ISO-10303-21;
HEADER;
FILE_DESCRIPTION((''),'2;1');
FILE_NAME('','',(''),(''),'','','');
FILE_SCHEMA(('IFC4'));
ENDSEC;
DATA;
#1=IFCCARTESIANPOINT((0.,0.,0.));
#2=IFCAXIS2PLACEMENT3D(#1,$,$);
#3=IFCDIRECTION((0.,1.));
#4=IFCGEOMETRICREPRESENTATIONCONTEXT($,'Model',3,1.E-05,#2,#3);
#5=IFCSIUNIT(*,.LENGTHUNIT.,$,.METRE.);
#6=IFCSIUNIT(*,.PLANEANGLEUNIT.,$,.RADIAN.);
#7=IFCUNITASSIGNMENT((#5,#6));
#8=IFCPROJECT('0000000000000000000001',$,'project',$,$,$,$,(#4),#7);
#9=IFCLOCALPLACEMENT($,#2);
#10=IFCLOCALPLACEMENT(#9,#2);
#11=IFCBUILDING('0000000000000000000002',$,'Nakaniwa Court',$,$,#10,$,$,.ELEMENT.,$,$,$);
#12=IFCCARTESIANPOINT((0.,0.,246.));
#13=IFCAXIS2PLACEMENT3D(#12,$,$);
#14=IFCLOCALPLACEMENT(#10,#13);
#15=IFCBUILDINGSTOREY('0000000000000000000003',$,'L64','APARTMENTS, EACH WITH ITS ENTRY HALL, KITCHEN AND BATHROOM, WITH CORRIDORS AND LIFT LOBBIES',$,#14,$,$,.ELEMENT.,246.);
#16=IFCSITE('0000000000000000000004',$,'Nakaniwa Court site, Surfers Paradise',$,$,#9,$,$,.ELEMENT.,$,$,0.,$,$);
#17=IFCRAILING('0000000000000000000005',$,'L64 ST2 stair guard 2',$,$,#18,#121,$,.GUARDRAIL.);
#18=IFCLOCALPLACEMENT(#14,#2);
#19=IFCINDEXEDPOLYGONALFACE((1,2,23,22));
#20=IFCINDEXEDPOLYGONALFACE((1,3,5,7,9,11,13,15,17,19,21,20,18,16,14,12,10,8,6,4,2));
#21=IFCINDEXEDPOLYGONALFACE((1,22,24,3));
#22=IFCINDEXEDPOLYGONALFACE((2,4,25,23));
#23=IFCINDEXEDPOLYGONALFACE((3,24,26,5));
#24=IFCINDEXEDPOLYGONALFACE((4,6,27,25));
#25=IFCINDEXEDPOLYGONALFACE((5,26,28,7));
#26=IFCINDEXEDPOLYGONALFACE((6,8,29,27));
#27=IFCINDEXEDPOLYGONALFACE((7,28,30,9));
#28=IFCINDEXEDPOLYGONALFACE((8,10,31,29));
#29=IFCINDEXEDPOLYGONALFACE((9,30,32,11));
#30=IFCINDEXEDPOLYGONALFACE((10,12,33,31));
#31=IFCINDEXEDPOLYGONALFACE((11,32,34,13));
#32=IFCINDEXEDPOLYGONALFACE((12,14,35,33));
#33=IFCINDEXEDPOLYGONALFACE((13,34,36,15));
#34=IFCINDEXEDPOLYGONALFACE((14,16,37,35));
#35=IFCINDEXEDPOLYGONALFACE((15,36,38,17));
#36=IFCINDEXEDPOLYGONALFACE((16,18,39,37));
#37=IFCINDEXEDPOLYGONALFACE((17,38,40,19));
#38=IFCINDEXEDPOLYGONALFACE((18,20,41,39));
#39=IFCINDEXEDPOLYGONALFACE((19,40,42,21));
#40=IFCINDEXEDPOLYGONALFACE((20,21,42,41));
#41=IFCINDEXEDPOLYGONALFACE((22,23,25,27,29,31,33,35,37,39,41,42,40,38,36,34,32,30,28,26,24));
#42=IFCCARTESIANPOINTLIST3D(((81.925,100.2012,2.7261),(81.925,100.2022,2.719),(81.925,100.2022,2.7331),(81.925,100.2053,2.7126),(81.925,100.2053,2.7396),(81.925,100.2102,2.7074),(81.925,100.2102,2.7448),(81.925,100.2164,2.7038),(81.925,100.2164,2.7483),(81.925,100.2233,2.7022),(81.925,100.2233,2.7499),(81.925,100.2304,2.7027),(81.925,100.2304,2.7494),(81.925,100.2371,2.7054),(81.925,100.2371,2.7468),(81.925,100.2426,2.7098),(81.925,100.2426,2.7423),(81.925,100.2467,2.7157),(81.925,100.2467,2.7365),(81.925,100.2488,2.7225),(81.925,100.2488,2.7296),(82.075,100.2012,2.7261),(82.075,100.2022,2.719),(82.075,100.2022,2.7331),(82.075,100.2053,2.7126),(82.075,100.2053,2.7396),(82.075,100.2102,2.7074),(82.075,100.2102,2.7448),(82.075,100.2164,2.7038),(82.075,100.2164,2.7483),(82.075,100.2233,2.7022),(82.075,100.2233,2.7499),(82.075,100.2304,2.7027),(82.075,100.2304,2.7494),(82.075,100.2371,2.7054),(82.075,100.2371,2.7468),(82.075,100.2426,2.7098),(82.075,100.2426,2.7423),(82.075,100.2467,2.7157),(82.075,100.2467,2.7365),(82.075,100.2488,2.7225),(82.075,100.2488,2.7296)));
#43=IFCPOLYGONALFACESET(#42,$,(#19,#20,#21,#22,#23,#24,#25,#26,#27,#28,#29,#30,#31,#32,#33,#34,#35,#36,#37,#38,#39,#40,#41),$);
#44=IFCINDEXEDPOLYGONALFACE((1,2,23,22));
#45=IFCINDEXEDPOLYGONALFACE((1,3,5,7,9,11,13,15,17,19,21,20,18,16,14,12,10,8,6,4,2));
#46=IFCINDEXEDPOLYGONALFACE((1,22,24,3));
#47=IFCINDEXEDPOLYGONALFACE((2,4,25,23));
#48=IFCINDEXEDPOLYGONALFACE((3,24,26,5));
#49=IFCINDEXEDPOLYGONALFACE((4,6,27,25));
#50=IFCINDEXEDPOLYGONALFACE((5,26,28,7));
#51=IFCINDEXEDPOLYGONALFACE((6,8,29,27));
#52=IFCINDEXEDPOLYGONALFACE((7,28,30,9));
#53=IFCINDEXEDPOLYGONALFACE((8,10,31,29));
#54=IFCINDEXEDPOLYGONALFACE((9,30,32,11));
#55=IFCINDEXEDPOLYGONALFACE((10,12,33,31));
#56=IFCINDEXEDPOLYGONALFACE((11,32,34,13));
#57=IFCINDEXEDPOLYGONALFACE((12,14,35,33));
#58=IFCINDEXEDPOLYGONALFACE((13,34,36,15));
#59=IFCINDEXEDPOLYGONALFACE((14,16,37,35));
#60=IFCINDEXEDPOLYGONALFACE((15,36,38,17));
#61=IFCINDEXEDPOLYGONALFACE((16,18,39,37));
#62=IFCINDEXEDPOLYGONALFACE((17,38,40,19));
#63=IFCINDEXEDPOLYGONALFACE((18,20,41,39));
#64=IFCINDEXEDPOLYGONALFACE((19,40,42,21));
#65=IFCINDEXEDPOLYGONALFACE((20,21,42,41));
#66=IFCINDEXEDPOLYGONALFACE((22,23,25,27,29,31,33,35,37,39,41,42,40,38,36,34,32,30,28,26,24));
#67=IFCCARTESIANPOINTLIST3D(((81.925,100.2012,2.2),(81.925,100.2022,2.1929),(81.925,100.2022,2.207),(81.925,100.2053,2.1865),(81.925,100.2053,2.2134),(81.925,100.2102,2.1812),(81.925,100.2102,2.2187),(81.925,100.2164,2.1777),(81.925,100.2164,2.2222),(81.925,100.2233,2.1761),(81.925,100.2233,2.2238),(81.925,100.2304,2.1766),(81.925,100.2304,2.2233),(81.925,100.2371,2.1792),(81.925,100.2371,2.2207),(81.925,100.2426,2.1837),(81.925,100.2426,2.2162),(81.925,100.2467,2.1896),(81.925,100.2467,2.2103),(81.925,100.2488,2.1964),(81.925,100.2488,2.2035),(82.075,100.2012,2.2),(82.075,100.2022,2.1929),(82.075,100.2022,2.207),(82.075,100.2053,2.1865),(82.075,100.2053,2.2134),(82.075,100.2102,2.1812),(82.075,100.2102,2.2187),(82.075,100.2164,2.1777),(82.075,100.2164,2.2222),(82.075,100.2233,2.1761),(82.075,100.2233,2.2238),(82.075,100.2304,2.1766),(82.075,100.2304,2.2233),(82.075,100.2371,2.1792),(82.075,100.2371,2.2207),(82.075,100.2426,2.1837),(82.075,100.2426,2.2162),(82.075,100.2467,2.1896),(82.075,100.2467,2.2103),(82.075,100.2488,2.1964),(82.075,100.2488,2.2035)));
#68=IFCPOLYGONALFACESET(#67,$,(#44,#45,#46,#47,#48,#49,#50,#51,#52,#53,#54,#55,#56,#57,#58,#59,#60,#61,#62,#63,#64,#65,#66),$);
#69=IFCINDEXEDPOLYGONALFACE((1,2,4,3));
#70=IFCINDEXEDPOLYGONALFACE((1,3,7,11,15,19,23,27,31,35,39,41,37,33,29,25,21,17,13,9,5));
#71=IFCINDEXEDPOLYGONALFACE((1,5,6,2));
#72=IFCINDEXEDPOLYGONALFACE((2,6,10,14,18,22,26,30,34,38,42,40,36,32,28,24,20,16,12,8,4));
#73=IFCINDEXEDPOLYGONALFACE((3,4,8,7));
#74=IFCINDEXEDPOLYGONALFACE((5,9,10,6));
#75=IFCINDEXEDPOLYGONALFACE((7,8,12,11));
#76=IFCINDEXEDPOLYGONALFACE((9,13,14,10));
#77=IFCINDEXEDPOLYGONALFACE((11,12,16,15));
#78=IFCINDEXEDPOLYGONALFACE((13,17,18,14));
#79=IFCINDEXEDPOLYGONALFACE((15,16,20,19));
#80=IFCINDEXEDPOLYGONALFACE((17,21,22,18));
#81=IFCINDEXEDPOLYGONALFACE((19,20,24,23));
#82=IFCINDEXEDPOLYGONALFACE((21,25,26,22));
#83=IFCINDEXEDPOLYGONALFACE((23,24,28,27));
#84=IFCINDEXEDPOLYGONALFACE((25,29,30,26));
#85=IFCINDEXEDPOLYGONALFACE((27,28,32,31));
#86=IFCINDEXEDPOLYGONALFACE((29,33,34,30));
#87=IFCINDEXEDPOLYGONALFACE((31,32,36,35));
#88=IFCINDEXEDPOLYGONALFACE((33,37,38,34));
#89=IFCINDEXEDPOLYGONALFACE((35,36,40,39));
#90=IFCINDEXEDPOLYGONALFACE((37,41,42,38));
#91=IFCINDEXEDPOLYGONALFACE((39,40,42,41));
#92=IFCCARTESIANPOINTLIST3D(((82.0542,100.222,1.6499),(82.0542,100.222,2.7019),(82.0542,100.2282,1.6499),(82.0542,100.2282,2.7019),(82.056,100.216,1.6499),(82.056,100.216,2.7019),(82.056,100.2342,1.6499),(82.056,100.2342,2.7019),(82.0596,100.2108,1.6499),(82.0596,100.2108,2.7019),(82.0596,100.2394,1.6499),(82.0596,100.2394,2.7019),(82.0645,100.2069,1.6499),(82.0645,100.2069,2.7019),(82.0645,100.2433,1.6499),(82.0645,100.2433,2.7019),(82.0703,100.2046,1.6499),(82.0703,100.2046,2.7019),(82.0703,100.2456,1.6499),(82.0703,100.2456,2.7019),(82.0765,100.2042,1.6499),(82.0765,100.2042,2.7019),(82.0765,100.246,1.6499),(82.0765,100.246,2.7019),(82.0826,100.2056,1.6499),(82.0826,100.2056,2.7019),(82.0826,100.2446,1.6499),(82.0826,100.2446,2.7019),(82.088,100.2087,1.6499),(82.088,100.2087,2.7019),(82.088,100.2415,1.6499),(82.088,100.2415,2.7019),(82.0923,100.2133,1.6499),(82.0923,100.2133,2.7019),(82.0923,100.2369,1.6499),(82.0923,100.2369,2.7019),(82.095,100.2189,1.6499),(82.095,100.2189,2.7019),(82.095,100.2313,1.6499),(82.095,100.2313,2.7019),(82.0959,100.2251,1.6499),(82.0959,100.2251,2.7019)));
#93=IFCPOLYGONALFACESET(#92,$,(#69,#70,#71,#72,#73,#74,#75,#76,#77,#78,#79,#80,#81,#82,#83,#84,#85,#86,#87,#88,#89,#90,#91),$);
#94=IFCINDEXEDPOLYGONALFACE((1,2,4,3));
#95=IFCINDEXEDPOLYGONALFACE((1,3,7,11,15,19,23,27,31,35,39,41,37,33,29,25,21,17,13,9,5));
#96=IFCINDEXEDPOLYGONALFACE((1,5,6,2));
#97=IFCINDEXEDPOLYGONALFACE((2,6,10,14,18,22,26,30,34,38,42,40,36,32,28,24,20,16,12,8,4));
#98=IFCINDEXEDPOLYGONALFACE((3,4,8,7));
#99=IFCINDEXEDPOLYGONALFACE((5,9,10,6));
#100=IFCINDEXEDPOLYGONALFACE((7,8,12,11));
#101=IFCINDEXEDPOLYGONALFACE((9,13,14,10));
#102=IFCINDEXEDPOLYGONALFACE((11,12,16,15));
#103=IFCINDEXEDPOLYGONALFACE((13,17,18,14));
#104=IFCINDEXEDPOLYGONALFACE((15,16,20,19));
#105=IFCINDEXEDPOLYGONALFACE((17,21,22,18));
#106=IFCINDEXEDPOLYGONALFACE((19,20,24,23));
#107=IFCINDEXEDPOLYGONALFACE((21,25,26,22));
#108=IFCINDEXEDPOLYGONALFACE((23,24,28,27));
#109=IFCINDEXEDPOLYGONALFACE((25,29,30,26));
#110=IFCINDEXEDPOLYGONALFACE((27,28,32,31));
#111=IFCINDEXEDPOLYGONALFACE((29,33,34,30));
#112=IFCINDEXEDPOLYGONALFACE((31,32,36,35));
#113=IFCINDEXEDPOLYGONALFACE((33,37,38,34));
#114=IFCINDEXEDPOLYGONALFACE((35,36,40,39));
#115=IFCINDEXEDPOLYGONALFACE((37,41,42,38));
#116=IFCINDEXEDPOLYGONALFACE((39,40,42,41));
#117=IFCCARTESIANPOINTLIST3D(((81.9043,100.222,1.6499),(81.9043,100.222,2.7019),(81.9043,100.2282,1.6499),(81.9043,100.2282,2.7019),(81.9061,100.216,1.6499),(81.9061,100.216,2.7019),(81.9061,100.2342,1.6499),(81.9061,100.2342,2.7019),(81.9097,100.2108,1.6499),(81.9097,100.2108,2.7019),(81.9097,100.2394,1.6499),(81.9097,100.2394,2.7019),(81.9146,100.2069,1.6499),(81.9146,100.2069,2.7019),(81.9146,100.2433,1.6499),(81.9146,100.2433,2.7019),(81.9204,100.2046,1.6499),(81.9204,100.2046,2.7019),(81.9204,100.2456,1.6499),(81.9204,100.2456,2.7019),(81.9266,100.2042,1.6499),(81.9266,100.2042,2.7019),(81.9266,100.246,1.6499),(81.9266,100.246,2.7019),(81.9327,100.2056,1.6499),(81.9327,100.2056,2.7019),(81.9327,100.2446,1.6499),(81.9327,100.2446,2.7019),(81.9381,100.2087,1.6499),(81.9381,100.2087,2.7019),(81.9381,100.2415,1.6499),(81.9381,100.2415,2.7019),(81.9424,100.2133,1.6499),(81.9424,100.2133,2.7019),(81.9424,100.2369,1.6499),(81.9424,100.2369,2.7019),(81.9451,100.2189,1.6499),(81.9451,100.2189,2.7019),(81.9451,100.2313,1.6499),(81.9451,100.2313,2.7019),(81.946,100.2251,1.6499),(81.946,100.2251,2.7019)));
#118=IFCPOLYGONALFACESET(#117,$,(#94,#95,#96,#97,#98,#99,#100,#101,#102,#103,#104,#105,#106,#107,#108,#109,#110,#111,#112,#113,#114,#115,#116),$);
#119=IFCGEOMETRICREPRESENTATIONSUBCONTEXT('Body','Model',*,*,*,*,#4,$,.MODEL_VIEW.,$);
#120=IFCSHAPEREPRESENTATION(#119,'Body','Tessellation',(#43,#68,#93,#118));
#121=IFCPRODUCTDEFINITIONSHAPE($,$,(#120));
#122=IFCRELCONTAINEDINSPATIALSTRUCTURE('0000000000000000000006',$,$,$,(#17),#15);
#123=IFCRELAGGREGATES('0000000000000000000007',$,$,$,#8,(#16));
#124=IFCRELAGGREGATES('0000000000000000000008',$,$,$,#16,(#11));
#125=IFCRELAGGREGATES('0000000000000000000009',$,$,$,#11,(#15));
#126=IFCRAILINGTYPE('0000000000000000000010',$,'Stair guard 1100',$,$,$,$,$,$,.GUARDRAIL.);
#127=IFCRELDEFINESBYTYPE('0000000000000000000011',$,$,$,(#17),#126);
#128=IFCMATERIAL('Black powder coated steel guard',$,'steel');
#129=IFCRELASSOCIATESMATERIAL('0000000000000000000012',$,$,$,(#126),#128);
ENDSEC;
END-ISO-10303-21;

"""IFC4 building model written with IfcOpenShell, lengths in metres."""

from ifc_helpers import new_model, si_unit, direction, frame, origin, origin_2d, place, context, subcontext, project, spatial, circle, extrude, material, type_object, element, save


model = new_model("IFC4")

# Units and contexts
model_context = context("Model", 3, precision=1e-05, world=origin(), true_north=direction((0.0, 1.0)))
body_context = subcontext(model_context, "Body", "Model", "MODEL_VIEW")
ifc_project = project(units=[si_unit("LENGTHUNIT", "METRE"), si_unit("PLANEANGLEUNIT", "RADIAN")], contexts=[model_context])

# Site, building, storey
site_placement = place(None, origin())
site = spatial("IfcSite", under=ifc_project, at=site_placement, Name="Nakaniwa Court site, Surfers Paradise", CompositionType="ELEMENT", RefElevation=0.0)
building_placement = place(site_placement, origin())
building = spatial("IfcBuilding", under=site, at=building_placement, Name="Nakaniwa Court", CompositionType="ELEMENT")
storey_placement = place(building_placement, frame((0.0, 0.0, 246.0)))
storey = spatial("IfcBuildingStorey", under=building, at=storey_placement, Name="L64", Description="APARTMENTS, EACH WITH ITS ENTRY HALL, KITCHEN AND BATHROOM, WITH CORRIDORS AND LIFT LOBBIES", CompositionType="ELEMENT", Elevation=246.0)

# Railing
ifc_material_1 = material(Name="Black powder coated steel guard", Category="steel")
railing_type_1 = type_object("IfcRailingType", Name="Stair guard 1100", PredefinedType="GUARDRAIL", material=ifc_material_1)
railing_1_placement = place(storey_placement, frame((82.075, 100.2251, 1.6499)))
element("IfcRailing", 1, at=railing_1_placement, inside=storey, type_object=railing_type_1, Name="L64 ST2 stair guard 2", PredefinedType="GUARDRAIL", context=body_context, shape_type="SweptSolid", body=[
    extrude(circle(Radius=0.0239, at=origin_2d()), frame((0.0, 0.0, 1.0762), z_axis=(-1.0, 0.0, 0.0), x_axis=(0.0, -1.0, 0.0)), (0.0, 0.0, 1.0), 0.1499),
    extrude(circle(Radius=0.0239, at=origin_2d()), frame((0.0, 0.0, 0.55), z_axis=(-1.0, 0.0, 0.0), x_axis=(0.0, -1.0, 0.0)), (0.0, 0.0, 1.0), 0.1499),
    extrude(circle(Radius=0.021, at=origin_2d()), origin(), (0.0, 0.0, 1.0), 1.052),
    extrude(circle(Radius=0.021, at=origin_2d()), frame((-0.1499, 0.0, 0.0)), (0.0, 0.0, 1.0), 1.052),
])

save(model, "model.ifc")
